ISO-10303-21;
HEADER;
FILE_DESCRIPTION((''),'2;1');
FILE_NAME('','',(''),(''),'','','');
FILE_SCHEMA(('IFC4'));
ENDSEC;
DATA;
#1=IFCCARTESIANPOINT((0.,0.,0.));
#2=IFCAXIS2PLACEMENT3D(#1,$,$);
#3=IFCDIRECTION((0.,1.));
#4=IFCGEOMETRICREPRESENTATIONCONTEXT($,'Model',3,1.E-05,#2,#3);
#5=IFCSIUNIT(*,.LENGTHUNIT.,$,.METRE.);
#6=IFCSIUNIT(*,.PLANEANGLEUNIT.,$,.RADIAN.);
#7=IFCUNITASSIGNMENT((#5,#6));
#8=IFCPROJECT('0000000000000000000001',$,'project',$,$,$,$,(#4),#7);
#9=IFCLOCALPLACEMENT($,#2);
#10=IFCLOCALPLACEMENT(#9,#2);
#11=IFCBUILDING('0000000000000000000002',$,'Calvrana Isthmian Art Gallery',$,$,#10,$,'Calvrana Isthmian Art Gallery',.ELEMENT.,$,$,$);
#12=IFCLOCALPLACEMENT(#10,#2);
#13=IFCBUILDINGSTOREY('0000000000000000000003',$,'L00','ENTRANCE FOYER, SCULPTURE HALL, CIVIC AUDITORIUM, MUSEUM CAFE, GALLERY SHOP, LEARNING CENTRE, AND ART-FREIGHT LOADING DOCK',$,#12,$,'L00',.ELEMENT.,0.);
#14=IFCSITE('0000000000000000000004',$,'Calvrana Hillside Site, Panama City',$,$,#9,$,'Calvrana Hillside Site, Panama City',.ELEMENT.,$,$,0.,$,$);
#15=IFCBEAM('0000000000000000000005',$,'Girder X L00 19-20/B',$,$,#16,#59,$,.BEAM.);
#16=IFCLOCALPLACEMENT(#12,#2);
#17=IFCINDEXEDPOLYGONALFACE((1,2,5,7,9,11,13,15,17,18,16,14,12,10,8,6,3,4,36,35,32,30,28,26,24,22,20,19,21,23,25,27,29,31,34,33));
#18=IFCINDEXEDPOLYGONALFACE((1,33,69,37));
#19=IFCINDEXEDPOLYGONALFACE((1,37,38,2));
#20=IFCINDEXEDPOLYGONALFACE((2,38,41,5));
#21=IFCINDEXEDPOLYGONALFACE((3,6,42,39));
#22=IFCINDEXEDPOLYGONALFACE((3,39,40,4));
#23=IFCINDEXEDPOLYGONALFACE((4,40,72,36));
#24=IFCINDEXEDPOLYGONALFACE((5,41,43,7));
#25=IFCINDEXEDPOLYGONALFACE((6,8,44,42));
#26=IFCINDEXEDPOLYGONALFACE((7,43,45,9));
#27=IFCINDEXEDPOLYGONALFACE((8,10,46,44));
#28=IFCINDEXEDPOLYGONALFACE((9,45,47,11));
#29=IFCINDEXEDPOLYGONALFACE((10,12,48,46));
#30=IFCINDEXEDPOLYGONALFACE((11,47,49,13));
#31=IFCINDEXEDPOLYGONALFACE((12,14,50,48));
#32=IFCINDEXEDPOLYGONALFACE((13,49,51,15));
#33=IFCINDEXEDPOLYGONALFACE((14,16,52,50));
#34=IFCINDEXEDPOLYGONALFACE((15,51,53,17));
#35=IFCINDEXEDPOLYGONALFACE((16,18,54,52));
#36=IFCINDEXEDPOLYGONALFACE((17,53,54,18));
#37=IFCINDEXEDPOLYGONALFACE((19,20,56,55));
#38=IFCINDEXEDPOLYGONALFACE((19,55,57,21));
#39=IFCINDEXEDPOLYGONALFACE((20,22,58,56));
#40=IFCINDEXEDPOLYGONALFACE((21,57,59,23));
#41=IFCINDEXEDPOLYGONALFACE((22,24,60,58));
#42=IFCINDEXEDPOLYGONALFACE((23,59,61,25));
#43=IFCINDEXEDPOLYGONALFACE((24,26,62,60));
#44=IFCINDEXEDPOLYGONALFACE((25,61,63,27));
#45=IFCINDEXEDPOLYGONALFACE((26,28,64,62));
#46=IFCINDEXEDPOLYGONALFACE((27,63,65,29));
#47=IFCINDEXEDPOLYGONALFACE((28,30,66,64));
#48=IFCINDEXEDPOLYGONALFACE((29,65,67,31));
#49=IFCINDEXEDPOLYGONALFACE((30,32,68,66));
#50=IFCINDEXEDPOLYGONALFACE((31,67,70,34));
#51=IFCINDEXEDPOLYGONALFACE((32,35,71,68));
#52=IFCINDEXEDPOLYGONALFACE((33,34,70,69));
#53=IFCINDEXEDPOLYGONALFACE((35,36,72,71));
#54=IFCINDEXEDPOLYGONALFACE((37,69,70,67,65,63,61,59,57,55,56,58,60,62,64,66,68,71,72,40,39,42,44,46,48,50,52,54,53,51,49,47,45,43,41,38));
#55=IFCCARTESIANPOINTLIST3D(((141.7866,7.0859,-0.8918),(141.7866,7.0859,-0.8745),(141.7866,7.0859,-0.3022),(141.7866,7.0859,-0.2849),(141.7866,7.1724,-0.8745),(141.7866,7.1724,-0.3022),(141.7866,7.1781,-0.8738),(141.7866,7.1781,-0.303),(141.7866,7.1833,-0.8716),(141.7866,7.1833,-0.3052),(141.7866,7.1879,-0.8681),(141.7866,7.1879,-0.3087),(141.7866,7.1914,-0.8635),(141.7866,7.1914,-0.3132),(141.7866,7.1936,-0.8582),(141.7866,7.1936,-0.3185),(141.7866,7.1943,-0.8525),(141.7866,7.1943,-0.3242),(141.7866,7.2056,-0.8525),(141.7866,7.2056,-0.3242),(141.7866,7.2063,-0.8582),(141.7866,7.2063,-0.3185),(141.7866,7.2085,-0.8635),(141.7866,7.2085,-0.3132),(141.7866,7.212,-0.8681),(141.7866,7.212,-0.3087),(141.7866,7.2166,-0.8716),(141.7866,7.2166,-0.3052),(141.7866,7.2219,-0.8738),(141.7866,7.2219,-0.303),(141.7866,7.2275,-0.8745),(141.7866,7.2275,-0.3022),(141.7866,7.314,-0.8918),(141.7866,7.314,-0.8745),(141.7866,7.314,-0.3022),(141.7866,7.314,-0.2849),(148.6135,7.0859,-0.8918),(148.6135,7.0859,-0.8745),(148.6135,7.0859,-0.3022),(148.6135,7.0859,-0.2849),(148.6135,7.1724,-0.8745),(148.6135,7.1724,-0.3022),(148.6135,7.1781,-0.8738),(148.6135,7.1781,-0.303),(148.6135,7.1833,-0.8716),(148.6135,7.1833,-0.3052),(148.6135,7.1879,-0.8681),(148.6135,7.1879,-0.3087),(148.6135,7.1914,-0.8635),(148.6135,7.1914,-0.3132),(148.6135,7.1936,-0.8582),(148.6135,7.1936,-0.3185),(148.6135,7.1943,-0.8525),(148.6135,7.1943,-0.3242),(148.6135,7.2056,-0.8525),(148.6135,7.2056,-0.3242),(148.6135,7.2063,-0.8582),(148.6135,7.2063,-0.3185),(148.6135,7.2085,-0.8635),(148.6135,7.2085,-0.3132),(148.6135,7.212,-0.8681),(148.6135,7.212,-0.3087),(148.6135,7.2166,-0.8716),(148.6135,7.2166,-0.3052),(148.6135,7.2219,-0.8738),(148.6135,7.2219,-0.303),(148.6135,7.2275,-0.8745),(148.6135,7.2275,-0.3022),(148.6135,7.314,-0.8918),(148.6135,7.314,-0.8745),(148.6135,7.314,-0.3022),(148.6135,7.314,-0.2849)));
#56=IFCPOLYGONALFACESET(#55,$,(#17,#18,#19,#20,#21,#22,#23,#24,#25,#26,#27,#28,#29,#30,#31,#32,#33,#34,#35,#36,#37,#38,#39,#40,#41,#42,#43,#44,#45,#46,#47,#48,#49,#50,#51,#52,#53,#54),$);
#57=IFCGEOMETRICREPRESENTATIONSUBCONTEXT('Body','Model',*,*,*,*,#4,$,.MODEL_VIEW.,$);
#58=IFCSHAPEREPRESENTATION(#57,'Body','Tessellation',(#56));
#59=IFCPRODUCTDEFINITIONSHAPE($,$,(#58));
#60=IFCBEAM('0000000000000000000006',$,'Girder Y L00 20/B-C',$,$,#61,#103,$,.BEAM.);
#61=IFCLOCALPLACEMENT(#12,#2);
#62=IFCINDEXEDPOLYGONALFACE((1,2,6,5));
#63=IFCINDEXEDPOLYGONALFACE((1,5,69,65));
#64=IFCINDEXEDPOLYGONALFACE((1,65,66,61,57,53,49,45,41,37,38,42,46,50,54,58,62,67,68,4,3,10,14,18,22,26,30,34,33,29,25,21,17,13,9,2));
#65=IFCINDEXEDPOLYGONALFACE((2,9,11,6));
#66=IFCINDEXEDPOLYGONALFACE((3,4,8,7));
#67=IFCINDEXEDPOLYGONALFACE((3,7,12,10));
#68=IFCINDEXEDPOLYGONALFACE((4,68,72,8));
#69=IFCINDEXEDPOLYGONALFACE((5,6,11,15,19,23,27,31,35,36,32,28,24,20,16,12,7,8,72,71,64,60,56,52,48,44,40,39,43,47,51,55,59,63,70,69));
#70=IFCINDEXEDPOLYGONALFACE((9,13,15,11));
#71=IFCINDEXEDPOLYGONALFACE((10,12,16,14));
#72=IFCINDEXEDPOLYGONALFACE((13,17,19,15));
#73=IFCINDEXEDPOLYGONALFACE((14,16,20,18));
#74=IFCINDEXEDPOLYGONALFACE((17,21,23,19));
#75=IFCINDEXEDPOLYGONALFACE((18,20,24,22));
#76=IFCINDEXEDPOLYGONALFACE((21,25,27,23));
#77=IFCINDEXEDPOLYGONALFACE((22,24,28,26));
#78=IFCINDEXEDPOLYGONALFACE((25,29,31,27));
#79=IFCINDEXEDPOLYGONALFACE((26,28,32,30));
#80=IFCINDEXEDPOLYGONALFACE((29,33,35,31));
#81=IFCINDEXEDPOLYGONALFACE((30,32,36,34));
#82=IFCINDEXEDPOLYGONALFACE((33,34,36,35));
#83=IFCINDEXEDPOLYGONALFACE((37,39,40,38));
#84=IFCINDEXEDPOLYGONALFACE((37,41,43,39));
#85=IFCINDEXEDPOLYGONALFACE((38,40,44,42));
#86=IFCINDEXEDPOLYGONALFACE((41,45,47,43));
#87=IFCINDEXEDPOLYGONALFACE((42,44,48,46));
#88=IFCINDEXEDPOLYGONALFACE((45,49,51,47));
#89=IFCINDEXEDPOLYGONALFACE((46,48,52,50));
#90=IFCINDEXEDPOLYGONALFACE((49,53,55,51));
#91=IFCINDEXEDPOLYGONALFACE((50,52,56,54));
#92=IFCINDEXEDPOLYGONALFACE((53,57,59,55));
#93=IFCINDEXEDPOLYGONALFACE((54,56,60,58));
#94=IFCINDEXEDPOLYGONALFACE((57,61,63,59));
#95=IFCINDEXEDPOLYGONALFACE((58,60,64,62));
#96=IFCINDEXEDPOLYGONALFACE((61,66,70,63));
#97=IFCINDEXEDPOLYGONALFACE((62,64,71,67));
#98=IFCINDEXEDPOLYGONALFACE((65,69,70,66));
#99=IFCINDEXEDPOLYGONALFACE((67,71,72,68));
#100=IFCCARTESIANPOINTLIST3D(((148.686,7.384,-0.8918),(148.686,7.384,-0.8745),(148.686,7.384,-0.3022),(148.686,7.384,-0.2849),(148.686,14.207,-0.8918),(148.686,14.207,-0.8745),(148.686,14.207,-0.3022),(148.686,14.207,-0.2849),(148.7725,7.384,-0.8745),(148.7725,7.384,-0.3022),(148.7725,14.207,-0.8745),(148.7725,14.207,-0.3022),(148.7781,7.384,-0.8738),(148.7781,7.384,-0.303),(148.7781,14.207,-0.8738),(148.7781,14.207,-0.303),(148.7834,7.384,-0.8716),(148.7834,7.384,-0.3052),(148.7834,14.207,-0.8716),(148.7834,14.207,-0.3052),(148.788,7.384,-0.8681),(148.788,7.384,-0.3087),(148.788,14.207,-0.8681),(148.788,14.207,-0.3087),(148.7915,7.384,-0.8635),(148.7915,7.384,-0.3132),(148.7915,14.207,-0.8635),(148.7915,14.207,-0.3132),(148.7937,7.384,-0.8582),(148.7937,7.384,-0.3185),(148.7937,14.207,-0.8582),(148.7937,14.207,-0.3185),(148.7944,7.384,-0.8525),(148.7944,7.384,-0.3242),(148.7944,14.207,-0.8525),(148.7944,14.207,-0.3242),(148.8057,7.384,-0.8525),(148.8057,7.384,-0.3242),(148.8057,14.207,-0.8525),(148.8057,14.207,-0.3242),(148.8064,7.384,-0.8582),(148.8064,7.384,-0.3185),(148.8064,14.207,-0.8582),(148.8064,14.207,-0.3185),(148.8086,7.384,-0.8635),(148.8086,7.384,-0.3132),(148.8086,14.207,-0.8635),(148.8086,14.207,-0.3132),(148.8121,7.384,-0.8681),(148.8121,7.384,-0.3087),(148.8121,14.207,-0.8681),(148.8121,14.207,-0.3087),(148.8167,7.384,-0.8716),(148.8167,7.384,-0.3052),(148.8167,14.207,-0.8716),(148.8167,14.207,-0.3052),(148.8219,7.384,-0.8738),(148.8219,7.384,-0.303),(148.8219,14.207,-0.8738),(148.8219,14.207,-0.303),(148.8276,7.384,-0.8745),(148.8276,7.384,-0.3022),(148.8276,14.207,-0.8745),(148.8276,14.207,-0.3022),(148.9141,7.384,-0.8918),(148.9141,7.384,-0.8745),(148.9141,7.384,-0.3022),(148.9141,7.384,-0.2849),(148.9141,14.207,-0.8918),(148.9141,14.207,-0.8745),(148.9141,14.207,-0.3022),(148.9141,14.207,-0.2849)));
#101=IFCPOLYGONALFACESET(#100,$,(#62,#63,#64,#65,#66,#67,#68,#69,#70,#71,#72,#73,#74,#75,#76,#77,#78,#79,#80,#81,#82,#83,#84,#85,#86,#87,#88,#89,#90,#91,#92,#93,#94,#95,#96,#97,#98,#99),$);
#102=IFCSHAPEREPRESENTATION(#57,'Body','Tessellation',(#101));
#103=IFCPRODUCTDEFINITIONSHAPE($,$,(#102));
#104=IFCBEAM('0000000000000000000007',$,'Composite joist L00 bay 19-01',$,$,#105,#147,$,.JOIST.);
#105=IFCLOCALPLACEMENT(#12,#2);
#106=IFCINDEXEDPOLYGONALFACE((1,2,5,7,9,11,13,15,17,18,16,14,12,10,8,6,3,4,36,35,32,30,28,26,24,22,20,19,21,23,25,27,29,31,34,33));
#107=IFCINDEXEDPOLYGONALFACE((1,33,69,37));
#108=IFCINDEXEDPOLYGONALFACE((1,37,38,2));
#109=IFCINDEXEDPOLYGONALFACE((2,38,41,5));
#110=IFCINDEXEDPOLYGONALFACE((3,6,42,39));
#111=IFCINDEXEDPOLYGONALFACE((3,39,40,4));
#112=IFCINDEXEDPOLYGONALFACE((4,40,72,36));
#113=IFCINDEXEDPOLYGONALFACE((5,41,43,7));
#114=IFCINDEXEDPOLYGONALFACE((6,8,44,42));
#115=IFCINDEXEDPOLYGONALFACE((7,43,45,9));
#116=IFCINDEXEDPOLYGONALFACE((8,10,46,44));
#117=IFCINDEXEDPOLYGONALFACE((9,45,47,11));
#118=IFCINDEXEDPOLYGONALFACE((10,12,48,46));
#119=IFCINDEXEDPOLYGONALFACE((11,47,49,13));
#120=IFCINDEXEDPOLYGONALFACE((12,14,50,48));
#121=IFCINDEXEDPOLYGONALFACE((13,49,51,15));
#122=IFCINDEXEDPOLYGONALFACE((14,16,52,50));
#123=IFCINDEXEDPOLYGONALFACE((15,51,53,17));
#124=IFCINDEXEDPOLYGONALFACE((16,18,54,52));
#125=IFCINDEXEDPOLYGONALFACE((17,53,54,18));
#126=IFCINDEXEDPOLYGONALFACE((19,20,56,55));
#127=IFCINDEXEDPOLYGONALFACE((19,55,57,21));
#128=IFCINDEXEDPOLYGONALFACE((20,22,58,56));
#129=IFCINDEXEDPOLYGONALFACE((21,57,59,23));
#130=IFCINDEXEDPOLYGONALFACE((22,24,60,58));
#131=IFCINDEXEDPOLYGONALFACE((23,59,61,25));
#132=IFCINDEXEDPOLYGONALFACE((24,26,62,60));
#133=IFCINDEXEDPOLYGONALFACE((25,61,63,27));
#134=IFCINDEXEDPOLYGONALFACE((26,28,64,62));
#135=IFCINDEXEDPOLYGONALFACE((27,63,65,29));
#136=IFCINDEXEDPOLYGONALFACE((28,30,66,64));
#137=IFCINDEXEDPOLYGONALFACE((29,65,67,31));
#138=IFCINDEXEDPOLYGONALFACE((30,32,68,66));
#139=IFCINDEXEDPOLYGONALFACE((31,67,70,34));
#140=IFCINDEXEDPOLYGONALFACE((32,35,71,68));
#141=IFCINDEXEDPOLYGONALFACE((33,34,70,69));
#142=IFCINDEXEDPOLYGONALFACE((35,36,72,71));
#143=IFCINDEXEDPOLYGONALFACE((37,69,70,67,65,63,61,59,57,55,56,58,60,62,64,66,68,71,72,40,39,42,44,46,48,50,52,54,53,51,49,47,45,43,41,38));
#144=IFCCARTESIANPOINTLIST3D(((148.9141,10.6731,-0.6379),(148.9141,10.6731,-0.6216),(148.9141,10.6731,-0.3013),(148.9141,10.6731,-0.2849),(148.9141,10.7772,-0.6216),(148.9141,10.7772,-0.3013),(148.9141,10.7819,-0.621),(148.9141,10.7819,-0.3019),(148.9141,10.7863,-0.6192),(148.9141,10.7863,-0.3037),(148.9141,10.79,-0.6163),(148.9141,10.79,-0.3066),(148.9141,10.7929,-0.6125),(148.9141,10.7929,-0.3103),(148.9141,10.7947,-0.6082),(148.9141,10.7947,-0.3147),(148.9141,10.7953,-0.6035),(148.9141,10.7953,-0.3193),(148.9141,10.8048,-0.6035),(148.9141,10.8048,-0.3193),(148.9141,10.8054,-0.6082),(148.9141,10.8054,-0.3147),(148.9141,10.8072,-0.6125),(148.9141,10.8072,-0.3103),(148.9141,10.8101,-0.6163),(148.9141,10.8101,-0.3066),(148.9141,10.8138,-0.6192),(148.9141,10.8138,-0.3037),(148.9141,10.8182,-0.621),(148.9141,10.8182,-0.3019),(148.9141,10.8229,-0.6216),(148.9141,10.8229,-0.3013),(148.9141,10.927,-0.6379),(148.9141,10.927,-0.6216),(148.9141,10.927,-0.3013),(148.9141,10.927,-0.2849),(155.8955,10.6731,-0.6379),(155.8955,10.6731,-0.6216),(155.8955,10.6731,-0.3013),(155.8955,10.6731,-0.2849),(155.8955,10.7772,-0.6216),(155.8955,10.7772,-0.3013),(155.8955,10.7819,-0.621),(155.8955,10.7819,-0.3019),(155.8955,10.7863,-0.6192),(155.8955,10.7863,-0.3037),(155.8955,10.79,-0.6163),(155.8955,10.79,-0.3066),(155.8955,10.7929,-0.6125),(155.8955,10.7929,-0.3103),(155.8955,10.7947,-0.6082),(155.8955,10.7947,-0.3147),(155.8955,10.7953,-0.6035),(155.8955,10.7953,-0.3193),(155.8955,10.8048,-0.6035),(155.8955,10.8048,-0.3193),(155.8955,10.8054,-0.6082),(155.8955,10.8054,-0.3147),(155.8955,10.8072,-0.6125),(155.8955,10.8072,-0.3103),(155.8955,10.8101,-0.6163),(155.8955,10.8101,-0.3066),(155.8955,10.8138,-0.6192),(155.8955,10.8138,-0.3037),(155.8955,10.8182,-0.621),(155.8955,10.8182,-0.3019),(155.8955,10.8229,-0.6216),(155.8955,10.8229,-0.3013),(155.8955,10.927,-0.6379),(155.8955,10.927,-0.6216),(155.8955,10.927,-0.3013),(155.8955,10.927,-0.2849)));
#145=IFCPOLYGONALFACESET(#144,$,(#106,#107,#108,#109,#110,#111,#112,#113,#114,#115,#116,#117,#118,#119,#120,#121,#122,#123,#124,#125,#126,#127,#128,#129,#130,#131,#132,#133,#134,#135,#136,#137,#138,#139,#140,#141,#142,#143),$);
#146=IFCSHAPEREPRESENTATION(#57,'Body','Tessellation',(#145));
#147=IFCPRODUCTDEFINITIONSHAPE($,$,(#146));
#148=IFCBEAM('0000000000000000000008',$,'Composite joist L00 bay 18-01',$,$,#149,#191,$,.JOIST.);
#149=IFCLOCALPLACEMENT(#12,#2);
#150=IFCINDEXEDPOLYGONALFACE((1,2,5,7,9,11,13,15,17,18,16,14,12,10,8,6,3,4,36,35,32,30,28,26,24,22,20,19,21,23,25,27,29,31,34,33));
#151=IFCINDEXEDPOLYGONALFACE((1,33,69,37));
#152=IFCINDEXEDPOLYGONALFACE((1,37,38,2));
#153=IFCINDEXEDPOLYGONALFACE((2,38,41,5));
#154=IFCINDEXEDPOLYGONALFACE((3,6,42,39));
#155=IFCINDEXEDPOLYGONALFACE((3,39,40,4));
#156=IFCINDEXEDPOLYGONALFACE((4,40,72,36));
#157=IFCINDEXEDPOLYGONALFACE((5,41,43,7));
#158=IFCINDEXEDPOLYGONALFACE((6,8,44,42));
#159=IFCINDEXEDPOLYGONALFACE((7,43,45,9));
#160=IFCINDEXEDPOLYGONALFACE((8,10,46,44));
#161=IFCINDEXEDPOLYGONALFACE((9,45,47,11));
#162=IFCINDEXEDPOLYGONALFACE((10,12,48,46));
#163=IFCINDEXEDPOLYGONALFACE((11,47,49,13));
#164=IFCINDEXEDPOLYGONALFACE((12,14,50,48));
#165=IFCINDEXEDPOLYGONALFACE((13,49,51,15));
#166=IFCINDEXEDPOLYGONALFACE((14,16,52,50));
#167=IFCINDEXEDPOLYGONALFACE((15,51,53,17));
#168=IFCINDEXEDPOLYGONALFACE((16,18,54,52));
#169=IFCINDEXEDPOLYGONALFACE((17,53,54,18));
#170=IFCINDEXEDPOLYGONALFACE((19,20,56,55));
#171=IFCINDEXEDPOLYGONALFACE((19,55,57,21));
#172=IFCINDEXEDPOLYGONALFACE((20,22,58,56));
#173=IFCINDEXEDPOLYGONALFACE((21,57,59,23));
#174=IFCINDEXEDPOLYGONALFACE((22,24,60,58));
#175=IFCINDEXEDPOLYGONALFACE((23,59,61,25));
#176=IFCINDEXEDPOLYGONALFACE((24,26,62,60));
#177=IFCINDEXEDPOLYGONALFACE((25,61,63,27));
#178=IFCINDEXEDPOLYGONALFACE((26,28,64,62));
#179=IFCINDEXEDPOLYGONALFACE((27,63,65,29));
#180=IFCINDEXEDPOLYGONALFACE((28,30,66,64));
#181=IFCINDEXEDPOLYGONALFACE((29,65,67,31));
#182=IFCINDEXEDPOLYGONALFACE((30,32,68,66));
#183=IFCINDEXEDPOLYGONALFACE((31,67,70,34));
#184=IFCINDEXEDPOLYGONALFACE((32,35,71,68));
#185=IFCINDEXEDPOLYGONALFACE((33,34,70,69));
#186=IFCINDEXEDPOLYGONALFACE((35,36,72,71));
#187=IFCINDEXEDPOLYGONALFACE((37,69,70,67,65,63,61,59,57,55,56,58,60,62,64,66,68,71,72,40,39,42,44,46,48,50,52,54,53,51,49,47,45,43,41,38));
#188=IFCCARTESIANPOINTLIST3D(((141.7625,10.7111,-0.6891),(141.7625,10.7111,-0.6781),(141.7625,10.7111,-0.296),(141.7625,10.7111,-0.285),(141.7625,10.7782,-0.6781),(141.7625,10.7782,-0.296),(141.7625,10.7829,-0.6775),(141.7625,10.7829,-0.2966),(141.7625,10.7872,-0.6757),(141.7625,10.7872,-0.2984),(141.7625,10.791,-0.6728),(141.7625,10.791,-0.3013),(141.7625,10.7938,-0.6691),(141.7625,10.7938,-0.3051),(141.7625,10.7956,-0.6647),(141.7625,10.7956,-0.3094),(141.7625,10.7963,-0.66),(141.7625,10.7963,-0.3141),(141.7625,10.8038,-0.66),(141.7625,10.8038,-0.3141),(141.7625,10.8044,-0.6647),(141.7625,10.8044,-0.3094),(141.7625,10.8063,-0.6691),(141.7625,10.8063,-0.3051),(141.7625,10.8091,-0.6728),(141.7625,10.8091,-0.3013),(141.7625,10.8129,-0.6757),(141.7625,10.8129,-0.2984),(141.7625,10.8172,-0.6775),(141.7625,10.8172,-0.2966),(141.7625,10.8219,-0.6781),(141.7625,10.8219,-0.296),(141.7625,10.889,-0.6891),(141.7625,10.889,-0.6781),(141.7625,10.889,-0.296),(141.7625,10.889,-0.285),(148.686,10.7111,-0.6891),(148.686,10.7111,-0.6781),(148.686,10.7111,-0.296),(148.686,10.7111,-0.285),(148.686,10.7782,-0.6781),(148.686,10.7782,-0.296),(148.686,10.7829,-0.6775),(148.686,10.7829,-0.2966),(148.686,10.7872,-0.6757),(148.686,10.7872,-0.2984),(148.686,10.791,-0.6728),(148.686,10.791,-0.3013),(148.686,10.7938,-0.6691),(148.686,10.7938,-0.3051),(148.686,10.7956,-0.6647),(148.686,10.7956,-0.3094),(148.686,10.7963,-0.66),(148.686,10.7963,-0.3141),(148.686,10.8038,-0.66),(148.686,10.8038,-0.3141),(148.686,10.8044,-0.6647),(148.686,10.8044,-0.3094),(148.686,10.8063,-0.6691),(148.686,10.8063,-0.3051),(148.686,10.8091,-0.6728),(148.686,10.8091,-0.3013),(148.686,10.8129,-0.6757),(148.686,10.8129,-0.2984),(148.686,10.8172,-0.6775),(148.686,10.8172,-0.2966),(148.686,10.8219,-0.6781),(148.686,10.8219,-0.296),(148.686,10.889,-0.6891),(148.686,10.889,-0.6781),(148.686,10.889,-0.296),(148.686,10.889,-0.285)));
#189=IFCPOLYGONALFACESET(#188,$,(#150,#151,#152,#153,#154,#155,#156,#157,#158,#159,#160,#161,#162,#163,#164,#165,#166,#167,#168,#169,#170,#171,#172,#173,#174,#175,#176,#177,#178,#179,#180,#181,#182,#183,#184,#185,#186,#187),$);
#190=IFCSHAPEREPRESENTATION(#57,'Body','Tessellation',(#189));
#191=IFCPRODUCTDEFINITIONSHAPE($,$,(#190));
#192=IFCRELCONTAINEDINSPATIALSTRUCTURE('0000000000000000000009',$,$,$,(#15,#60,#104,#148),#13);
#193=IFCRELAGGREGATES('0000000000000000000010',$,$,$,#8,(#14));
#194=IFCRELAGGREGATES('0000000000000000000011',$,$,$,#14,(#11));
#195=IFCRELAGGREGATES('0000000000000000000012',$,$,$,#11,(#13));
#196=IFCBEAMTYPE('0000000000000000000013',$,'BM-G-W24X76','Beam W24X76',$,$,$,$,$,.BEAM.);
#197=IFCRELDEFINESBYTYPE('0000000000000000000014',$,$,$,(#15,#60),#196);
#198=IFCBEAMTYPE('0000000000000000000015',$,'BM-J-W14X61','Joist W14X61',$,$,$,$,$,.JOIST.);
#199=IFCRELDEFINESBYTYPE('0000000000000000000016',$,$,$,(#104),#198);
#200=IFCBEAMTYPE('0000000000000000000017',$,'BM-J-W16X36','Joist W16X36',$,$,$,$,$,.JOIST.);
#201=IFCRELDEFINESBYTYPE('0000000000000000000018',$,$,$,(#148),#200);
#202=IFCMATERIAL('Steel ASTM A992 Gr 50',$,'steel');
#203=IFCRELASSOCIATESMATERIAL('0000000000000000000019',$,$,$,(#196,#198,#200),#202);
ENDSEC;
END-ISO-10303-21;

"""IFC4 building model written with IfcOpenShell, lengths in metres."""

from ifc_helpers import new_model, si_unit, direction, frame, origin, origin_2d, place, context, subcontext, project, spatial, i_section, extrude, material, material_profile, profile_set, type_object, element, save


model = new_model("IFC4")

# Units and contexts
model_context = context("Model", 3, precision=1e-05, world=origin(), true_north=direction((0.0, 1.0)))
body_context = subcontext(model_context, "Body", "Model", "MODEL_VIEW")
ifc_project = project(units=[si_unit("LENGTHUNIT", "METRE"), si_unit("PLANEANGLEUNIT", "RADIAN")], contexts=[model_context])

# Site, building, storey
site_placement = place(None, origin())
site = spatial("IfcSite", under=ifc_project, at=site_placement, Name="Calvrana Hillside Site, Panama City", LongName="Calvrana Hillside Site, Panama City", CompositionType="ELEMENT", RefElevation=0.0)
building_placement = place(site_placement, origin())
building = spatial("IfcBuilding", under=site, at=building_placement, Name="Calvrana Isthmian Art Gallery", LongName="Calvrana Isthmian Art Gallery", CompositionType="ELEMENT")
storey_placement = place(building_placement, origin())
storey = spatial("IfcBuildingStorey", under=building, at=storey_placement, Name="L00", Description="ENTRANCE FOYER, SCULPTURE HALL, CIVIC AUDITORIUM, MUSEUM CAFE, GALLERY SHOP, LEARNING CENTRE, AND ART-FREIGHT LOADING DOCK", LongName="L00", CompositionType="ELEMENT", Elevation=0.0)

# Shared definitions
ifc_material_1 = material(Name="Steel ASTM A992 Gr 50", Category="steel")

# Beams
ifc_material_profile_1 = material_profile(ifc_material_1, i_section(OverallWidth=0.228, OverallDepth=0.6069, WebThickness=0.0112, FlangeThickness=0.0173, FilletRadius=0.022, at=origin_2d()), Name="W24X76")
ifc_profile_set_1 = profile_set([ifc_material_profile_1], Name="Steel ASTM A992 Gr 50")
beam_type_1 = type_object("IfcBeamType", Name="BM-G-W24X76", Description="Beam W24X76", PredefinedType="BEAM", material=ifc_profile_set_1)
beam_1_placement = place(storey_placement, frame((141.7866, 7.2, -0.5884), z_axis=(1.0, 0.0, 0.0), x_axis=(0.0, 1.0, 0.0)))
element("IfcBeam", 1, at=beam_1_placement, inside=storey, type_object=beam_type_1, Name="Girder X L00 19-20/B", PredefinedType="BEAM", context=body_context, shape_type="SweptSolid", body=[
    extrude(i_section(OverallWidth=0.228, OverallDepth=0.6069, WebThickness=0.0112, FlangeThickness=0.0173, FilletRadius=0.022, at=origin_2d()), origin(), (0.0, 0.0, 1.0), 6.8269),
])
beam_2_placement = place(storey_placement, frame((148.8, 7.384, -0.5884), z_axis=(0.0, 1.0, 0.0), x_axis=(-1.0, 0.0, 0.0)))
element("IfcBeam", 2, at=beam_2_placement, inside=storey, type_object=beam_type_1, Name="Girder Y L00 20/B-C", PredefinedType="BEAM", context=body_context, shape_type="SweptSolid", body=[
    extrude(i_section(OverallWidth=0.228, OverallDepth=0.6069, WebThickness=0.0112, FlangeThickness=0.0173, FilletRadius=0.022, at=origin_2d()), origin(), (0.0, 0.0, 1.0), 6.823),
])
ifc_material_profile_2 = material_profile(ifc_material_1, i_section(OverallWidth=0.2539, OverallDepth=0.353, WebThickness=0.0095, FlangeThickness=0.0164, FilletRadius=0.0181, at=origin_2d()), Name="W14X61")
ifc_profile_set_2 = profile_set([ifc_material_profile_2], Name="Steel ASTM A992 Gr 50")
beam_type_2 = type_object("IfcBeamType", Name="BM-J-W14X61", Description="Joist W14X61", PredefinedType="JOIST", material=ifc_profile_set_2)
beam_3_placement = place(storey_placement, frame((148.9141, 10.8, -0.4614), z_axis=(1.0, 0.0, 0.0), x_axis=(0.0, 1.0, 0.0)))
element("IfcBeam", 3, at=beam_3_placement, inside=storey, type_object=beam_type_2, Name="Composite joist L00 bay 19-01", PredefinedType="JOIST", context=body_context, shape_type="SweptSolid", body=[
    extrude(i_section(OverallWidth=0.2539, OverallDepth=0.353, WebThickness=0.0095, FlangeThickness=0.0164, FilletRadius=0.0181, at=origin_2d()), origin(), (0.0, 0.0, 1.0), 6.9814),
])
ifc_material_profile_3 = material_profile(ifc_material_1, i_section(OverallWidth=0.178, OverallDepth=0.4041, WebThickness=0.0076, FlangeThickness=0.011, FilletRadius=0.0181, at=origin_2d()), Name="W16X36")
ifc_profile_set_3 = profile_set([ifc_material_profile_3], Name="Steel ASTM A992 Gr 50")
beam_type_3 = type_object("IfcBeamType", Name="BM-J-W16X36", Description="Joist W16X36", PredefinedType="JOIST", material=ifc_profile_set_3)
for number, where, z_axis, x_axis, name in (
    (4, (141.7625, 10.8, -0.4871), (1.0, 0.0, 0.0), (0.0, 1.0, 0.0), "Composite joist L00 bay 18-01"),
):
    element("IfcBeam", number, at=place(storey_placement, frame(where, z_axis=z_axis, x_axis=x_axis)), inside=storey, type_object=beam_type_3, Name=name, PredefinedType="JOIST", context=body_context, shape_type="SweptSolid", body=[
        extrude(i_section(OverallWidth=0.178, OverallDepth=0.4041, WebThickness=0.0076, FlangeThickness=0.011, FilletRadius=0.0181, at=origin_2d()), origin(), (0.0, 0.0, 1.0), 6.9236),
    ])

save(model, "model.ifc")
